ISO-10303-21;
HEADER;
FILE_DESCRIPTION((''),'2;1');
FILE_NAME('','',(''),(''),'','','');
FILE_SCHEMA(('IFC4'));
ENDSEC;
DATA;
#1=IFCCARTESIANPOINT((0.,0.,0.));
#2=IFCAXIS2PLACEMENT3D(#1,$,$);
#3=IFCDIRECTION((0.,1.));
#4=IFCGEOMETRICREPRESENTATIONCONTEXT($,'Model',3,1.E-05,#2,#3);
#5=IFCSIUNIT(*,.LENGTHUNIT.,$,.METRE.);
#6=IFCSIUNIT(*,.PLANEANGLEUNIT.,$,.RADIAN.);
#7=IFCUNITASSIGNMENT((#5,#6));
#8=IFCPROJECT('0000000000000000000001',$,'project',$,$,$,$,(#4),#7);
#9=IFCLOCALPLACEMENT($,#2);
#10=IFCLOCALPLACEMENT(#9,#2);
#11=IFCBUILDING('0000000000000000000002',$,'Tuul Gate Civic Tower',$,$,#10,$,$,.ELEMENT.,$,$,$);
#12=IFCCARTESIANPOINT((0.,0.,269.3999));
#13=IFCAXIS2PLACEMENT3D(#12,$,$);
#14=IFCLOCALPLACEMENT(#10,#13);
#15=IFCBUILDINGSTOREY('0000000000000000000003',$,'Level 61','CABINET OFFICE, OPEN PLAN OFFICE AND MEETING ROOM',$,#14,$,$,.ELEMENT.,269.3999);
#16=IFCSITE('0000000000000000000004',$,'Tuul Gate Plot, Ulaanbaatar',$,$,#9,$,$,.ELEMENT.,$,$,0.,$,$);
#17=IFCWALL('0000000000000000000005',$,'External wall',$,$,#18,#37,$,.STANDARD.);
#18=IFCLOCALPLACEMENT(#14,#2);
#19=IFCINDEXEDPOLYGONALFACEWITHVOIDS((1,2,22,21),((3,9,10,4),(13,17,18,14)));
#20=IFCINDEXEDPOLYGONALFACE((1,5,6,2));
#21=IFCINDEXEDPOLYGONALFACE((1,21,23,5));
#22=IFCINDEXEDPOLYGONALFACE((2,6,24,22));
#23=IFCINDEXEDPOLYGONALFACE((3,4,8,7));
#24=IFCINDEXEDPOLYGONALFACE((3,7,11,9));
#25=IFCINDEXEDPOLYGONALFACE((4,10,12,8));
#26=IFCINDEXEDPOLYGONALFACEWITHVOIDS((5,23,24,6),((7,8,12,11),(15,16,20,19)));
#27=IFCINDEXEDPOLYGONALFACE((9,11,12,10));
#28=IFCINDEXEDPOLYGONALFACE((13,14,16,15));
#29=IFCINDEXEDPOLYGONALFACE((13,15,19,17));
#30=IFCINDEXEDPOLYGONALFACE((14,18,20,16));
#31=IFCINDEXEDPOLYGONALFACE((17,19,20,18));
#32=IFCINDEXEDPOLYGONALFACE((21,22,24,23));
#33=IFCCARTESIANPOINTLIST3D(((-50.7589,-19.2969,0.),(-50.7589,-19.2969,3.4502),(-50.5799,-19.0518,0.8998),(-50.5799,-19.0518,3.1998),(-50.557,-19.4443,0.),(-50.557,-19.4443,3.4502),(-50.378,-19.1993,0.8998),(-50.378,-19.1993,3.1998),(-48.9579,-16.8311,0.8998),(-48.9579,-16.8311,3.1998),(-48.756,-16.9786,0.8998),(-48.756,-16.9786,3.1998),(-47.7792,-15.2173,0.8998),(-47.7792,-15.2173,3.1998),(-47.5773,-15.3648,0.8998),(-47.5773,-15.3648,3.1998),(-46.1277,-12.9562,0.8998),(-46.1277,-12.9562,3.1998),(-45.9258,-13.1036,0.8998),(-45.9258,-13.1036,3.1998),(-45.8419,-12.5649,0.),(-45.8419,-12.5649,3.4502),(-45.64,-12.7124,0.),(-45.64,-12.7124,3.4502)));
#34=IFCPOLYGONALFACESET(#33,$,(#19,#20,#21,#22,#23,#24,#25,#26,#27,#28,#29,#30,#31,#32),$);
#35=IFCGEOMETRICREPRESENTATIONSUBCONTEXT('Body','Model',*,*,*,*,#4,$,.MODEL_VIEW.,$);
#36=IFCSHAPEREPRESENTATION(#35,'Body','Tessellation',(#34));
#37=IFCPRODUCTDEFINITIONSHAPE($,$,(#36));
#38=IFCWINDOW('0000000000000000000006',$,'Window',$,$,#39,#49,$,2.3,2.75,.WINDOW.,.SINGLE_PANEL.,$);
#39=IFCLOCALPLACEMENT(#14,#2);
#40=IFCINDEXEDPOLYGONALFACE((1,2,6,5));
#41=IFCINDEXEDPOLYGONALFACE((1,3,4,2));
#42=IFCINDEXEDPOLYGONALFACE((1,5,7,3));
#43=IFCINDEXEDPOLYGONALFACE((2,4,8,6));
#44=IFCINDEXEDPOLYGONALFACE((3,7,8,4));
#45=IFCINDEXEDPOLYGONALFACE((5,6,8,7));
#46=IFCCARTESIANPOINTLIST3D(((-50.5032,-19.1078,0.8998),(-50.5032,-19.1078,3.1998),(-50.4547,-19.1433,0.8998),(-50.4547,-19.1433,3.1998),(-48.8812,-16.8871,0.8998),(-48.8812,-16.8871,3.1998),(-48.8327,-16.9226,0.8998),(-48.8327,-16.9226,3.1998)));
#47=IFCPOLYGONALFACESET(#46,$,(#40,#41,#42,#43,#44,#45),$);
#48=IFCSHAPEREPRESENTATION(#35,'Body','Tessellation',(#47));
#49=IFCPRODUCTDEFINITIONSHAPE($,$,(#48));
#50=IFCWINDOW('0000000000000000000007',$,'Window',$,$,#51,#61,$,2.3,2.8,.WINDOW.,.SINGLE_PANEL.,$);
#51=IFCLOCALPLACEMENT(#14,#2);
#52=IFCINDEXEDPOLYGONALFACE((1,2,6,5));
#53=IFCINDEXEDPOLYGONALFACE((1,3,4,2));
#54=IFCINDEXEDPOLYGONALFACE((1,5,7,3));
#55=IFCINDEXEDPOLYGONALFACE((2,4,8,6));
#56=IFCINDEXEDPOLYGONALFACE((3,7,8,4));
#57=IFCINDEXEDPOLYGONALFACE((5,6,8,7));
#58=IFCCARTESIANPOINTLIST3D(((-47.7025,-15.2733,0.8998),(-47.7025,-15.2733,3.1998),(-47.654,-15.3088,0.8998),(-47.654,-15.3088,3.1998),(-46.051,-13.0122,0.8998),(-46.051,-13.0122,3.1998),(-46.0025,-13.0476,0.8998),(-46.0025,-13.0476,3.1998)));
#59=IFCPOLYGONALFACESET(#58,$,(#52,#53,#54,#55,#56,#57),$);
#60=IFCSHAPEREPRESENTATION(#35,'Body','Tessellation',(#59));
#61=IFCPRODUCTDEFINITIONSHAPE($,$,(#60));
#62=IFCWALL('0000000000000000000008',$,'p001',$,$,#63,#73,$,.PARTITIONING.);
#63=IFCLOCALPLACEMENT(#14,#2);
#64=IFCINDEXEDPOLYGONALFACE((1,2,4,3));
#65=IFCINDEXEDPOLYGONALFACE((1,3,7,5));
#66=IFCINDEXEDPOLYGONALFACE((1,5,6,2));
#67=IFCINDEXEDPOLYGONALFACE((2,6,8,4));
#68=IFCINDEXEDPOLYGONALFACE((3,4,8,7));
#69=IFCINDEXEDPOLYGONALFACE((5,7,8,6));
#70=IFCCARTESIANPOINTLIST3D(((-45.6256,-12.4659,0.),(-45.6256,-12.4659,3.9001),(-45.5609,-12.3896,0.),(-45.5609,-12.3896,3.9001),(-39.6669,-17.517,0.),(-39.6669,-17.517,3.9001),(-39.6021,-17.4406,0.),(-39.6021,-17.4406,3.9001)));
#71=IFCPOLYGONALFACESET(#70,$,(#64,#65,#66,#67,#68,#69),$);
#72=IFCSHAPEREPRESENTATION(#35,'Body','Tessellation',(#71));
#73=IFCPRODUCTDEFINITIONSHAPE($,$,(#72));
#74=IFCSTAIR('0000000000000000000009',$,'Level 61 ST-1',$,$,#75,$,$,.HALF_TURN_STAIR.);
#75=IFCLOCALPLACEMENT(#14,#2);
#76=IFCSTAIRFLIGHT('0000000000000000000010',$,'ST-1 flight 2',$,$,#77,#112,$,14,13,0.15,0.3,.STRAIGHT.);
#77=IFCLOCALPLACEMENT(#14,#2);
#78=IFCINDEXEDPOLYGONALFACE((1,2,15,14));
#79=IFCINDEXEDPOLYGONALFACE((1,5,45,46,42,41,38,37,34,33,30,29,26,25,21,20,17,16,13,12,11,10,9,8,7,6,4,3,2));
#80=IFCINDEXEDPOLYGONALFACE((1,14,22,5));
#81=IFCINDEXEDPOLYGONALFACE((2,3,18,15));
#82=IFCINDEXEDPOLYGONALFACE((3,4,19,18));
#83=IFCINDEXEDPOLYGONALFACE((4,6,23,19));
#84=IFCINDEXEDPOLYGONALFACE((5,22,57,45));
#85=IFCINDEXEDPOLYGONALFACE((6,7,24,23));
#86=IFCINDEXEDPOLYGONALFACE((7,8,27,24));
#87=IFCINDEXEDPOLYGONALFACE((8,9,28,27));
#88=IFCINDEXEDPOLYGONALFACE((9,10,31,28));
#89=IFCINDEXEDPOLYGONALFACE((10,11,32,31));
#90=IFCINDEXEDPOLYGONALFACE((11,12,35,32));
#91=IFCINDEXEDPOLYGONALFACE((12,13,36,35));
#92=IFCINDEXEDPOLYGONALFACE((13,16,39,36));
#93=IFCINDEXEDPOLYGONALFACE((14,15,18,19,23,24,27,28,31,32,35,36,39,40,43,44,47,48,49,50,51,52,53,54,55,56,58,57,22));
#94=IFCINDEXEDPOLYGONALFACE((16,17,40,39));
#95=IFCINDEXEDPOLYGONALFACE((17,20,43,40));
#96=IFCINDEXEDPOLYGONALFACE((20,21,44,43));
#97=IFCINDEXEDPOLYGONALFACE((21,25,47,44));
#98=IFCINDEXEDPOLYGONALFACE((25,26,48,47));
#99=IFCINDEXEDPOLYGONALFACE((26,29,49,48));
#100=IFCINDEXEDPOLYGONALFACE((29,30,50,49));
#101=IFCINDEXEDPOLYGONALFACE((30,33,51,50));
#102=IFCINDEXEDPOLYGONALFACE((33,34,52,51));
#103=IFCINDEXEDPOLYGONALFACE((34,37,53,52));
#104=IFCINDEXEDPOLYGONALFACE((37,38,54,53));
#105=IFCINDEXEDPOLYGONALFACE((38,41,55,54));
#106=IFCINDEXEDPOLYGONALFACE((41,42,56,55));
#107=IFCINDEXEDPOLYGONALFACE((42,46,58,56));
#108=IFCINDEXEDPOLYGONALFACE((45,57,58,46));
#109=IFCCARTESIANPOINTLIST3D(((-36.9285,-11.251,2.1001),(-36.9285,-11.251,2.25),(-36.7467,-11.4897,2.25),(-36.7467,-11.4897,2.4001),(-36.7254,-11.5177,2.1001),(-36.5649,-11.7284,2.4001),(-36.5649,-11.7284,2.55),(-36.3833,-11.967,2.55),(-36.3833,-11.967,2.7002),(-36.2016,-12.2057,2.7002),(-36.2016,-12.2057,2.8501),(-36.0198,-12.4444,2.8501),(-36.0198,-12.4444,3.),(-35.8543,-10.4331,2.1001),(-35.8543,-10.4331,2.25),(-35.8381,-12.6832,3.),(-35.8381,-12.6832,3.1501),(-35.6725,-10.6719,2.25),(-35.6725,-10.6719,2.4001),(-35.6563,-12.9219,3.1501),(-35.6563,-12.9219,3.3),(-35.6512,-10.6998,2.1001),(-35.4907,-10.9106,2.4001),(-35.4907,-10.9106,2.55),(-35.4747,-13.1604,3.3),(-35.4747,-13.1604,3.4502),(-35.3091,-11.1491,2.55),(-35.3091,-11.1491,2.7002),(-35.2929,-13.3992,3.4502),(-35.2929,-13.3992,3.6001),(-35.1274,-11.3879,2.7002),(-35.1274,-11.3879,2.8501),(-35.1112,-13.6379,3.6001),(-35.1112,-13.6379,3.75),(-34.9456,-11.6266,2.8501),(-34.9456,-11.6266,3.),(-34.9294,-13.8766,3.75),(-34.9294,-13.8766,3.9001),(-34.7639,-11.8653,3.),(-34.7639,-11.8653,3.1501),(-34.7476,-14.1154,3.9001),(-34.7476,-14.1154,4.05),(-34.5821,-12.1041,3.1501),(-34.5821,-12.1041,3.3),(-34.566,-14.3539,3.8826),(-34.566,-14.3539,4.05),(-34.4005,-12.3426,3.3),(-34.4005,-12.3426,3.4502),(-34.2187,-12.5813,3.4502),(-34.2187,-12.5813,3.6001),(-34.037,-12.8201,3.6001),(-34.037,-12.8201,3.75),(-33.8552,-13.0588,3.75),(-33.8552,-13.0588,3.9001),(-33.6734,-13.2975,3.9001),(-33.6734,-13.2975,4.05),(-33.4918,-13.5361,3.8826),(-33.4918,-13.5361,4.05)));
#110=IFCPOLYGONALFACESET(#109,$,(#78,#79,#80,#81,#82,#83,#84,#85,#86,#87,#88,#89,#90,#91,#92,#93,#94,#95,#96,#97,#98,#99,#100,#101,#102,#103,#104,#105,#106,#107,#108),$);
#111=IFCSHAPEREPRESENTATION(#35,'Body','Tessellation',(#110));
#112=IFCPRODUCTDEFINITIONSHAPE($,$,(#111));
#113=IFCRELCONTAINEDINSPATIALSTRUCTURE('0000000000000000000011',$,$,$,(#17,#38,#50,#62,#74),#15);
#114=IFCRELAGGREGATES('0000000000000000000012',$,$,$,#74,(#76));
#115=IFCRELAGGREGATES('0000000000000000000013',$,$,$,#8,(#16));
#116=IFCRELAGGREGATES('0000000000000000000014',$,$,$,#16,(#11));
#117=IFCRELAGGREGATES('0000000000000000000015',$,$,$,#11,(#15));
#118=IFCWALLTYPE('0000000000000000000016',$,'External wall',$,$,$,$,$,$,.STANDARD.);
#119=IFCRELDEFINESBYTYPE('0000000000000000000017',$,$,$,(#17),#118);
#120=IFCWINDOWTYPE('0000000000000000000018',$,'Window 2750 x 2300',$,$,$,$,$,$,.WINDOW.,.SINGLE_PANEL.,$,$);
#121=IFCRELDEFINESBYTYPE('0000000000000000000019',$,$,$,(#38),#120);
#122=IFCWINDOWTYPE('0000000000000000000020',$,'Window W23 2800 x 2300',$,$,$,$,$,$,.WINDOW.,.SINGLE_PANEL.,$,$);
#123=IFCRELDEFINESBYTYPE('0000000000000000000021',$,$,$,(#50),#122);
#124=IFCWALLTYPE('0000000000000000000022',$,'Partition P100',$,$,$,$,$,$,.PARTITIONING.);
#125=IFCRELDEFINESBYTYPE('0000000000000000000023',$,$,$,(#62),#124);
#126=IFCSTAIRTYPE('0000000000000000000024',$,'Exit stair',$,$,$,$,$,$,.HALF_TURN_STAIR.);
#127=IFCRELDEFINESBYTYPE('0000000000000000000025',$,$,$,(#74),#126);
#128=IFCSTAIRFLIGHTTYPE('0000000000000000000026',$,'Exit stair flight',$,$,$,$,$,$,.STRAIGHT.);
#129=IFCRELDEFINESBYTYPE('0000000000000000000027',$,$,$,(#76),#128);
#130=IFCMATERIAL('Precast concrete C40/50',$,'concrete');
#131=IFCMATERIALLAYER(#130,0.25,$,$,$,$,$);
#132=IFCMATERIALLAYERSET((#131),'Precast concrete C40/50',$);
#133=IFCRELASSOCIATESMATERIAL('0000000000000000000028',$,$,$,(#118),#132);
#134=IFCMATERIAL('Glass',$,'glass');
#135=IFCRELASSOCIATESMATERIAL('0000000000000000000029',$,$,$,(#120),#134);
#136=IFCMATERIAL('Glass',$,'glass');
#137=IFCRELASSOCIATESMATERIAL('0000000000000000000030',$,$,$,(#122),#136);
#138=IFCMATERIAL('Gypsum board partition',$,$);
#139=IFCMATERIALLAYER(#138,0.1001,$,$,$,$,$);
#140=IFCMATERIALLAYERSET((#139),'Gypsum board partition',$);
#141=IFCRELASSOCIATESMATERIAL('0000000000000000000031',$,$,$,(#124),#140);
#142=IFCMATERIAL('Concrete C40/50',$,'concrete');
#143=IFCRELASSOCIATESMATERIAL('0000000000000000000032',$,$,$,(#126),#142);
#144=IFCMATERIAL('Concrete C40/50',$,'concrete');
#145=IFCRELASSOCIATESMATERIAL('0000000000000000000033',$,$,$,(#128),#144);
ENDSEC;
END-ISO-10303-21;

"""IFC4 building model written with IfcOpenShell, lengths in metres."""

from ifc_helpers import new_model, si_unit, direction, frame, frame_2d, origin, place, context, subcontext, project, spatial, polyline, rectangle, outline, extrude, material, layer, layer_set, type_object, element, fill, aggregate, save


model = new_model("IFC4")

# Units and contexts
model_context = context("Model", 3, precision=1e-05, world=origin(), true_north=direction((0.0, 1.0)))
body_context = subcontext(model_context, "Body", "Model", "MODEL_VIEW")
ifc_project = project(units=[si_unit("LENGTHUNIT", "METRE"), si_unit("PLANEANGLEUNIT", "RADIAN")], contexts=[model_context])

# Site, building, storey
site_placement = place(None, origin())
site = spatial("IfcSite", under=ifc_project, at=site_placement, Name="Tuul Gate Plot, Ulaanbaatar", CompositionType="ELEMENT", RefElevation=0.0)
building_placement = place(site_placement, origin())
building = spatial("IfcBuilding", under=site, at=building_placement, Name="Tuul Gate Civic Tower", CompositionType="ELEMENT")
storey_placement = place(building_placement, frame((0.0, 0.0, 269.3999)))
storey = spatial("IfcBuildingStorey", under=building, at=storey_placement, Name="Level 61", Description="CABINET OFFICE, OPEN PLAN OFFICE AND MEETING ROOM", CompositionType="ELEMENT", Elevation=269.3999)

# Wall, openings, windows
ifc_material_1 = material(Name="Precast concrete C40/50", Category="concrete")
ifc_layer_1 = layer(ifc_material_1, 0.25)
ifc_layer_set_1 = layer_set([ifc_layer_1], Name="Precast concrete C40/50")
wall_type_1 = type_object("IfcWallType", Name="External wall", PredefinedType="STANDARD", material=ifc_layer_set_1)
wall_1_placement = place(storey_placement, frame((-45.741, -12.6387, 0.0), z_axis=(0.0, 0.0, 1.0), x_axis=(-0.589821, -0.807534, 0.0)))
wall_1 = element("IfcWall", 1, at=wall_1_placement, inside=storey, type_object=wall_type_1, Name="External wall", PredefinedType="STANDARD", context=body_context, shape_type="SweptSolid", body=[
    extrude(rectangle(XDim=8.3364, YDim=0.25, at=frame_2d((4.1682, 0.0))), origin(), (0.0, 0.0, 1.0), 3.4502),
])
opening_1_placement = place(wall_1_placement, frame((0.4846, 0.0, 0.8999)))
opening_1 = element("IfcOpeningElement", 2, at=opening_1_placement, cuts=wall_1, PredefinedType="OPENING", context=body_context, shape_type="SweptSolid", body=[
    extrude(rectangle(XDim=2.8, YDim=2.3, at=frame_2d((1.3999, 1.1499))), frame((0.0, 0.135, 0.0), z_axis=(0.0, -1.0, 0.0), x_axis=(1.0, 0.0, 0.0)), (0.0, 0.0, 1.0), 0.27),
])
opening_2_placement = place(wall_1_placement, frame((5.283, 0.0, 0.8999)))
opening_2 = element("IfcOpeningElement", 3, at=opening_2_placement, cuts=wall_1, PredefinedType="OPENING", context=body_context, shape_type="SweptSolid", body=[
    extrude(rectangle(XDim=2.75, YDim=2.3, at=frame_2d((1.375, 1.1499))), frame((0.0, 0.135, 0.0), z_axis=(0.0, -1.0, 0.0), x_axis=(1.0, 0.0, 0.0)), (0.0, 0.0, 1.0), 0.27),
])
ifc_material_2 = material(Name="Glass", Category="glass")
window_type_1 = type_object("IfcWindowType", Name="Window 2750 x 2300", PartitioningType="SINGLE_PANEL", PredefinedType="WINDOW", material=ifc_material_2)
window_1_placement = place(opening_2_placement, origin())
window_1 = element("IfcWindow", 4, at=window_1_placement, inside=storey, type_object=window_type_1, Name="Window", OverallHeight=2.3, OverallWidth=2.75, PartitioningType="SINGLE_PANEL", PredefinedType="WINDOW", context=body_context, shape_type="SweptSolid", body=[
    extrude(rectangle(XDim=2.75, YDim=2.3, at=frame_2d((1.375, 1.1499))), frame((0.0, 0.03, 0.0), z_axis=(0.0, -1.0, 0.0), x_axis=(1.0, 0.0, 0.0)), (0.0, 0.0, 1.0), 0.0601),
])
fill(opening_2, window_1)
ifc_material_3 = material(Name="Glass", Category="glass")
window_type_2 = type_object("IfcWindowType", Name="Window W23 2800 x 2300", PartitioningType="SINGLE_PANEL", PredefinedType="WINDOW", material=ifc_material_3)
window_2_placement = place(opening_1_placement, origin())
window_2 = element("IfcWindow", 5, at=window_2_placement, inside=storey, type_object=window_type_2, Name="Window", OverallHeight=2.3, OverallWidth=2.8, PartitioningType="SINGLE_PANEL", PredefinedType="WINDOW", context=body_context, shape_type="SweptSolid", body=[
    extrude(rectangle(XDim=2.8, YDim=2.3, at=frame_2d((1.3999, 1.1499))), frame((0.0, 0.03, 0.0), z_axis=(0.0, -1.0, 0.0), x_axis=(1.0, 0.0, 0.0)), (0.0, 0.0, 1.0), 0.0601),
])
fill(opening_1, window_2)

# Wall
ifc_material_4 = material(Name="Gypsum board partition")
ifc_layer_2 = layer(ifc_material_4, 0.1001)
ifc_layer_set_2 = layer_set([ifc_layer_2], Name="Gypsum board partition")
wall_type_2 = type_object("IfcWallType", Name="Partition P100", PredefinedType="PARTITIONING", material=ifc_layer_set_2)
wall_2_placement = place(storey_placement, frame((-45.5933, -12.4277, 0.0), z_axis=(0.0, 0.0, 1.0), x_axis=(0.762817, -0.646614, 0.0)))
element("IfcWall", 6, at=wall_2_placement, inside=storey, type_object=wall_type_2, Name="p001", PredefinedType="PARTITIONING", context=body_context, shape_type="SweptSolid", body=[
    extrude(rectangle(XDim=7.8115, YDim=0.1001, at=frame_2d((3.9058, 0.0))), origin(), (0.0, 0.0, 1.0), 3.9001),
])

# Stair, stair flight
ifc_material_5 = material(Name="Concrete C40/50", Category="concrete")
stair_type = type_object("IfcStairType", Name="Exit stair", PredefinedType="HALF_TURN_STAIR", material=ifc_material_5)
stair_placement = place(storey_placement, origin())
stair = element("IfcStair", 7, at=stair_placement, inside=storey, type_object=stair_type, Name="Level 61 ST-1", PredefinedType="HALF_TURN_STAIR")
ifc_material_6 = material(Name="Concrete C40/50", Category="concrete")
stair_flight_type = type_object("IfcStairFlightType", Name="Exit stair flight", PredefinedType="STRAIGHT", material=ifc_material_6)
stair_flight_placement = place(storey_placement, frame((-36.3914, -10.842, 2.1001), z_axis=(0.0, 0.0, 1.0), x_axis=(0.605764, -0.795644, 0.0)))
stair_flight = element("IfcStairFlight", 8, at=stair_flight_placement, type_object=stair_flight_type, Name="ST-1 flight 2", NumberOfRisers=14, NumberOfTreads=13, PredefinedType="STRAIGHT", RiserHeight=0.15, TreadLength=0.3, context=body_context, shape_type="SweptSolid", body=[
    extrude(outline(polyline([(0.0, 0.0), (0.0, 0.1499), (0.3, 0.1499), (0.3, 0.3), (0.6001, 0.3), (0.6001, 0.45), (0.8999, 0.45), (0.8999, 0.6001), (1.2, 0.6001), (1.2, 0.75), (1.5, 0.75), (1.5, 0.8999), (1.8, 0.8999), (1.8, 1.05), (2.1001, 1.05), (2.1001, 1.2), (2.3999, 1.2), (2.3999, 1.3501), (2.7, 1.3501), (2.7, 1.5), (3.0, 1.5), (3.0, 1.6499), (3.3, 1.6499), (3.3, 1.8), (3.6001, 1.8), (3.6001, 1.95), (3.8999, 1.95), (3.8999, 2.1001), (3.8999, 1.7825), (0.3352, 0.0), (0.0, 0.0)])), frame((0.0, 0.675, 0.0), z_axis=(0.0, -1.0, 0.0), x_axis=(1.0, 0.0, 0.0)), (0.0, 0.0, 1.0), 1.3501),
])
aggregate(stair, [stair_flight])

save(model, "model.ifc")
